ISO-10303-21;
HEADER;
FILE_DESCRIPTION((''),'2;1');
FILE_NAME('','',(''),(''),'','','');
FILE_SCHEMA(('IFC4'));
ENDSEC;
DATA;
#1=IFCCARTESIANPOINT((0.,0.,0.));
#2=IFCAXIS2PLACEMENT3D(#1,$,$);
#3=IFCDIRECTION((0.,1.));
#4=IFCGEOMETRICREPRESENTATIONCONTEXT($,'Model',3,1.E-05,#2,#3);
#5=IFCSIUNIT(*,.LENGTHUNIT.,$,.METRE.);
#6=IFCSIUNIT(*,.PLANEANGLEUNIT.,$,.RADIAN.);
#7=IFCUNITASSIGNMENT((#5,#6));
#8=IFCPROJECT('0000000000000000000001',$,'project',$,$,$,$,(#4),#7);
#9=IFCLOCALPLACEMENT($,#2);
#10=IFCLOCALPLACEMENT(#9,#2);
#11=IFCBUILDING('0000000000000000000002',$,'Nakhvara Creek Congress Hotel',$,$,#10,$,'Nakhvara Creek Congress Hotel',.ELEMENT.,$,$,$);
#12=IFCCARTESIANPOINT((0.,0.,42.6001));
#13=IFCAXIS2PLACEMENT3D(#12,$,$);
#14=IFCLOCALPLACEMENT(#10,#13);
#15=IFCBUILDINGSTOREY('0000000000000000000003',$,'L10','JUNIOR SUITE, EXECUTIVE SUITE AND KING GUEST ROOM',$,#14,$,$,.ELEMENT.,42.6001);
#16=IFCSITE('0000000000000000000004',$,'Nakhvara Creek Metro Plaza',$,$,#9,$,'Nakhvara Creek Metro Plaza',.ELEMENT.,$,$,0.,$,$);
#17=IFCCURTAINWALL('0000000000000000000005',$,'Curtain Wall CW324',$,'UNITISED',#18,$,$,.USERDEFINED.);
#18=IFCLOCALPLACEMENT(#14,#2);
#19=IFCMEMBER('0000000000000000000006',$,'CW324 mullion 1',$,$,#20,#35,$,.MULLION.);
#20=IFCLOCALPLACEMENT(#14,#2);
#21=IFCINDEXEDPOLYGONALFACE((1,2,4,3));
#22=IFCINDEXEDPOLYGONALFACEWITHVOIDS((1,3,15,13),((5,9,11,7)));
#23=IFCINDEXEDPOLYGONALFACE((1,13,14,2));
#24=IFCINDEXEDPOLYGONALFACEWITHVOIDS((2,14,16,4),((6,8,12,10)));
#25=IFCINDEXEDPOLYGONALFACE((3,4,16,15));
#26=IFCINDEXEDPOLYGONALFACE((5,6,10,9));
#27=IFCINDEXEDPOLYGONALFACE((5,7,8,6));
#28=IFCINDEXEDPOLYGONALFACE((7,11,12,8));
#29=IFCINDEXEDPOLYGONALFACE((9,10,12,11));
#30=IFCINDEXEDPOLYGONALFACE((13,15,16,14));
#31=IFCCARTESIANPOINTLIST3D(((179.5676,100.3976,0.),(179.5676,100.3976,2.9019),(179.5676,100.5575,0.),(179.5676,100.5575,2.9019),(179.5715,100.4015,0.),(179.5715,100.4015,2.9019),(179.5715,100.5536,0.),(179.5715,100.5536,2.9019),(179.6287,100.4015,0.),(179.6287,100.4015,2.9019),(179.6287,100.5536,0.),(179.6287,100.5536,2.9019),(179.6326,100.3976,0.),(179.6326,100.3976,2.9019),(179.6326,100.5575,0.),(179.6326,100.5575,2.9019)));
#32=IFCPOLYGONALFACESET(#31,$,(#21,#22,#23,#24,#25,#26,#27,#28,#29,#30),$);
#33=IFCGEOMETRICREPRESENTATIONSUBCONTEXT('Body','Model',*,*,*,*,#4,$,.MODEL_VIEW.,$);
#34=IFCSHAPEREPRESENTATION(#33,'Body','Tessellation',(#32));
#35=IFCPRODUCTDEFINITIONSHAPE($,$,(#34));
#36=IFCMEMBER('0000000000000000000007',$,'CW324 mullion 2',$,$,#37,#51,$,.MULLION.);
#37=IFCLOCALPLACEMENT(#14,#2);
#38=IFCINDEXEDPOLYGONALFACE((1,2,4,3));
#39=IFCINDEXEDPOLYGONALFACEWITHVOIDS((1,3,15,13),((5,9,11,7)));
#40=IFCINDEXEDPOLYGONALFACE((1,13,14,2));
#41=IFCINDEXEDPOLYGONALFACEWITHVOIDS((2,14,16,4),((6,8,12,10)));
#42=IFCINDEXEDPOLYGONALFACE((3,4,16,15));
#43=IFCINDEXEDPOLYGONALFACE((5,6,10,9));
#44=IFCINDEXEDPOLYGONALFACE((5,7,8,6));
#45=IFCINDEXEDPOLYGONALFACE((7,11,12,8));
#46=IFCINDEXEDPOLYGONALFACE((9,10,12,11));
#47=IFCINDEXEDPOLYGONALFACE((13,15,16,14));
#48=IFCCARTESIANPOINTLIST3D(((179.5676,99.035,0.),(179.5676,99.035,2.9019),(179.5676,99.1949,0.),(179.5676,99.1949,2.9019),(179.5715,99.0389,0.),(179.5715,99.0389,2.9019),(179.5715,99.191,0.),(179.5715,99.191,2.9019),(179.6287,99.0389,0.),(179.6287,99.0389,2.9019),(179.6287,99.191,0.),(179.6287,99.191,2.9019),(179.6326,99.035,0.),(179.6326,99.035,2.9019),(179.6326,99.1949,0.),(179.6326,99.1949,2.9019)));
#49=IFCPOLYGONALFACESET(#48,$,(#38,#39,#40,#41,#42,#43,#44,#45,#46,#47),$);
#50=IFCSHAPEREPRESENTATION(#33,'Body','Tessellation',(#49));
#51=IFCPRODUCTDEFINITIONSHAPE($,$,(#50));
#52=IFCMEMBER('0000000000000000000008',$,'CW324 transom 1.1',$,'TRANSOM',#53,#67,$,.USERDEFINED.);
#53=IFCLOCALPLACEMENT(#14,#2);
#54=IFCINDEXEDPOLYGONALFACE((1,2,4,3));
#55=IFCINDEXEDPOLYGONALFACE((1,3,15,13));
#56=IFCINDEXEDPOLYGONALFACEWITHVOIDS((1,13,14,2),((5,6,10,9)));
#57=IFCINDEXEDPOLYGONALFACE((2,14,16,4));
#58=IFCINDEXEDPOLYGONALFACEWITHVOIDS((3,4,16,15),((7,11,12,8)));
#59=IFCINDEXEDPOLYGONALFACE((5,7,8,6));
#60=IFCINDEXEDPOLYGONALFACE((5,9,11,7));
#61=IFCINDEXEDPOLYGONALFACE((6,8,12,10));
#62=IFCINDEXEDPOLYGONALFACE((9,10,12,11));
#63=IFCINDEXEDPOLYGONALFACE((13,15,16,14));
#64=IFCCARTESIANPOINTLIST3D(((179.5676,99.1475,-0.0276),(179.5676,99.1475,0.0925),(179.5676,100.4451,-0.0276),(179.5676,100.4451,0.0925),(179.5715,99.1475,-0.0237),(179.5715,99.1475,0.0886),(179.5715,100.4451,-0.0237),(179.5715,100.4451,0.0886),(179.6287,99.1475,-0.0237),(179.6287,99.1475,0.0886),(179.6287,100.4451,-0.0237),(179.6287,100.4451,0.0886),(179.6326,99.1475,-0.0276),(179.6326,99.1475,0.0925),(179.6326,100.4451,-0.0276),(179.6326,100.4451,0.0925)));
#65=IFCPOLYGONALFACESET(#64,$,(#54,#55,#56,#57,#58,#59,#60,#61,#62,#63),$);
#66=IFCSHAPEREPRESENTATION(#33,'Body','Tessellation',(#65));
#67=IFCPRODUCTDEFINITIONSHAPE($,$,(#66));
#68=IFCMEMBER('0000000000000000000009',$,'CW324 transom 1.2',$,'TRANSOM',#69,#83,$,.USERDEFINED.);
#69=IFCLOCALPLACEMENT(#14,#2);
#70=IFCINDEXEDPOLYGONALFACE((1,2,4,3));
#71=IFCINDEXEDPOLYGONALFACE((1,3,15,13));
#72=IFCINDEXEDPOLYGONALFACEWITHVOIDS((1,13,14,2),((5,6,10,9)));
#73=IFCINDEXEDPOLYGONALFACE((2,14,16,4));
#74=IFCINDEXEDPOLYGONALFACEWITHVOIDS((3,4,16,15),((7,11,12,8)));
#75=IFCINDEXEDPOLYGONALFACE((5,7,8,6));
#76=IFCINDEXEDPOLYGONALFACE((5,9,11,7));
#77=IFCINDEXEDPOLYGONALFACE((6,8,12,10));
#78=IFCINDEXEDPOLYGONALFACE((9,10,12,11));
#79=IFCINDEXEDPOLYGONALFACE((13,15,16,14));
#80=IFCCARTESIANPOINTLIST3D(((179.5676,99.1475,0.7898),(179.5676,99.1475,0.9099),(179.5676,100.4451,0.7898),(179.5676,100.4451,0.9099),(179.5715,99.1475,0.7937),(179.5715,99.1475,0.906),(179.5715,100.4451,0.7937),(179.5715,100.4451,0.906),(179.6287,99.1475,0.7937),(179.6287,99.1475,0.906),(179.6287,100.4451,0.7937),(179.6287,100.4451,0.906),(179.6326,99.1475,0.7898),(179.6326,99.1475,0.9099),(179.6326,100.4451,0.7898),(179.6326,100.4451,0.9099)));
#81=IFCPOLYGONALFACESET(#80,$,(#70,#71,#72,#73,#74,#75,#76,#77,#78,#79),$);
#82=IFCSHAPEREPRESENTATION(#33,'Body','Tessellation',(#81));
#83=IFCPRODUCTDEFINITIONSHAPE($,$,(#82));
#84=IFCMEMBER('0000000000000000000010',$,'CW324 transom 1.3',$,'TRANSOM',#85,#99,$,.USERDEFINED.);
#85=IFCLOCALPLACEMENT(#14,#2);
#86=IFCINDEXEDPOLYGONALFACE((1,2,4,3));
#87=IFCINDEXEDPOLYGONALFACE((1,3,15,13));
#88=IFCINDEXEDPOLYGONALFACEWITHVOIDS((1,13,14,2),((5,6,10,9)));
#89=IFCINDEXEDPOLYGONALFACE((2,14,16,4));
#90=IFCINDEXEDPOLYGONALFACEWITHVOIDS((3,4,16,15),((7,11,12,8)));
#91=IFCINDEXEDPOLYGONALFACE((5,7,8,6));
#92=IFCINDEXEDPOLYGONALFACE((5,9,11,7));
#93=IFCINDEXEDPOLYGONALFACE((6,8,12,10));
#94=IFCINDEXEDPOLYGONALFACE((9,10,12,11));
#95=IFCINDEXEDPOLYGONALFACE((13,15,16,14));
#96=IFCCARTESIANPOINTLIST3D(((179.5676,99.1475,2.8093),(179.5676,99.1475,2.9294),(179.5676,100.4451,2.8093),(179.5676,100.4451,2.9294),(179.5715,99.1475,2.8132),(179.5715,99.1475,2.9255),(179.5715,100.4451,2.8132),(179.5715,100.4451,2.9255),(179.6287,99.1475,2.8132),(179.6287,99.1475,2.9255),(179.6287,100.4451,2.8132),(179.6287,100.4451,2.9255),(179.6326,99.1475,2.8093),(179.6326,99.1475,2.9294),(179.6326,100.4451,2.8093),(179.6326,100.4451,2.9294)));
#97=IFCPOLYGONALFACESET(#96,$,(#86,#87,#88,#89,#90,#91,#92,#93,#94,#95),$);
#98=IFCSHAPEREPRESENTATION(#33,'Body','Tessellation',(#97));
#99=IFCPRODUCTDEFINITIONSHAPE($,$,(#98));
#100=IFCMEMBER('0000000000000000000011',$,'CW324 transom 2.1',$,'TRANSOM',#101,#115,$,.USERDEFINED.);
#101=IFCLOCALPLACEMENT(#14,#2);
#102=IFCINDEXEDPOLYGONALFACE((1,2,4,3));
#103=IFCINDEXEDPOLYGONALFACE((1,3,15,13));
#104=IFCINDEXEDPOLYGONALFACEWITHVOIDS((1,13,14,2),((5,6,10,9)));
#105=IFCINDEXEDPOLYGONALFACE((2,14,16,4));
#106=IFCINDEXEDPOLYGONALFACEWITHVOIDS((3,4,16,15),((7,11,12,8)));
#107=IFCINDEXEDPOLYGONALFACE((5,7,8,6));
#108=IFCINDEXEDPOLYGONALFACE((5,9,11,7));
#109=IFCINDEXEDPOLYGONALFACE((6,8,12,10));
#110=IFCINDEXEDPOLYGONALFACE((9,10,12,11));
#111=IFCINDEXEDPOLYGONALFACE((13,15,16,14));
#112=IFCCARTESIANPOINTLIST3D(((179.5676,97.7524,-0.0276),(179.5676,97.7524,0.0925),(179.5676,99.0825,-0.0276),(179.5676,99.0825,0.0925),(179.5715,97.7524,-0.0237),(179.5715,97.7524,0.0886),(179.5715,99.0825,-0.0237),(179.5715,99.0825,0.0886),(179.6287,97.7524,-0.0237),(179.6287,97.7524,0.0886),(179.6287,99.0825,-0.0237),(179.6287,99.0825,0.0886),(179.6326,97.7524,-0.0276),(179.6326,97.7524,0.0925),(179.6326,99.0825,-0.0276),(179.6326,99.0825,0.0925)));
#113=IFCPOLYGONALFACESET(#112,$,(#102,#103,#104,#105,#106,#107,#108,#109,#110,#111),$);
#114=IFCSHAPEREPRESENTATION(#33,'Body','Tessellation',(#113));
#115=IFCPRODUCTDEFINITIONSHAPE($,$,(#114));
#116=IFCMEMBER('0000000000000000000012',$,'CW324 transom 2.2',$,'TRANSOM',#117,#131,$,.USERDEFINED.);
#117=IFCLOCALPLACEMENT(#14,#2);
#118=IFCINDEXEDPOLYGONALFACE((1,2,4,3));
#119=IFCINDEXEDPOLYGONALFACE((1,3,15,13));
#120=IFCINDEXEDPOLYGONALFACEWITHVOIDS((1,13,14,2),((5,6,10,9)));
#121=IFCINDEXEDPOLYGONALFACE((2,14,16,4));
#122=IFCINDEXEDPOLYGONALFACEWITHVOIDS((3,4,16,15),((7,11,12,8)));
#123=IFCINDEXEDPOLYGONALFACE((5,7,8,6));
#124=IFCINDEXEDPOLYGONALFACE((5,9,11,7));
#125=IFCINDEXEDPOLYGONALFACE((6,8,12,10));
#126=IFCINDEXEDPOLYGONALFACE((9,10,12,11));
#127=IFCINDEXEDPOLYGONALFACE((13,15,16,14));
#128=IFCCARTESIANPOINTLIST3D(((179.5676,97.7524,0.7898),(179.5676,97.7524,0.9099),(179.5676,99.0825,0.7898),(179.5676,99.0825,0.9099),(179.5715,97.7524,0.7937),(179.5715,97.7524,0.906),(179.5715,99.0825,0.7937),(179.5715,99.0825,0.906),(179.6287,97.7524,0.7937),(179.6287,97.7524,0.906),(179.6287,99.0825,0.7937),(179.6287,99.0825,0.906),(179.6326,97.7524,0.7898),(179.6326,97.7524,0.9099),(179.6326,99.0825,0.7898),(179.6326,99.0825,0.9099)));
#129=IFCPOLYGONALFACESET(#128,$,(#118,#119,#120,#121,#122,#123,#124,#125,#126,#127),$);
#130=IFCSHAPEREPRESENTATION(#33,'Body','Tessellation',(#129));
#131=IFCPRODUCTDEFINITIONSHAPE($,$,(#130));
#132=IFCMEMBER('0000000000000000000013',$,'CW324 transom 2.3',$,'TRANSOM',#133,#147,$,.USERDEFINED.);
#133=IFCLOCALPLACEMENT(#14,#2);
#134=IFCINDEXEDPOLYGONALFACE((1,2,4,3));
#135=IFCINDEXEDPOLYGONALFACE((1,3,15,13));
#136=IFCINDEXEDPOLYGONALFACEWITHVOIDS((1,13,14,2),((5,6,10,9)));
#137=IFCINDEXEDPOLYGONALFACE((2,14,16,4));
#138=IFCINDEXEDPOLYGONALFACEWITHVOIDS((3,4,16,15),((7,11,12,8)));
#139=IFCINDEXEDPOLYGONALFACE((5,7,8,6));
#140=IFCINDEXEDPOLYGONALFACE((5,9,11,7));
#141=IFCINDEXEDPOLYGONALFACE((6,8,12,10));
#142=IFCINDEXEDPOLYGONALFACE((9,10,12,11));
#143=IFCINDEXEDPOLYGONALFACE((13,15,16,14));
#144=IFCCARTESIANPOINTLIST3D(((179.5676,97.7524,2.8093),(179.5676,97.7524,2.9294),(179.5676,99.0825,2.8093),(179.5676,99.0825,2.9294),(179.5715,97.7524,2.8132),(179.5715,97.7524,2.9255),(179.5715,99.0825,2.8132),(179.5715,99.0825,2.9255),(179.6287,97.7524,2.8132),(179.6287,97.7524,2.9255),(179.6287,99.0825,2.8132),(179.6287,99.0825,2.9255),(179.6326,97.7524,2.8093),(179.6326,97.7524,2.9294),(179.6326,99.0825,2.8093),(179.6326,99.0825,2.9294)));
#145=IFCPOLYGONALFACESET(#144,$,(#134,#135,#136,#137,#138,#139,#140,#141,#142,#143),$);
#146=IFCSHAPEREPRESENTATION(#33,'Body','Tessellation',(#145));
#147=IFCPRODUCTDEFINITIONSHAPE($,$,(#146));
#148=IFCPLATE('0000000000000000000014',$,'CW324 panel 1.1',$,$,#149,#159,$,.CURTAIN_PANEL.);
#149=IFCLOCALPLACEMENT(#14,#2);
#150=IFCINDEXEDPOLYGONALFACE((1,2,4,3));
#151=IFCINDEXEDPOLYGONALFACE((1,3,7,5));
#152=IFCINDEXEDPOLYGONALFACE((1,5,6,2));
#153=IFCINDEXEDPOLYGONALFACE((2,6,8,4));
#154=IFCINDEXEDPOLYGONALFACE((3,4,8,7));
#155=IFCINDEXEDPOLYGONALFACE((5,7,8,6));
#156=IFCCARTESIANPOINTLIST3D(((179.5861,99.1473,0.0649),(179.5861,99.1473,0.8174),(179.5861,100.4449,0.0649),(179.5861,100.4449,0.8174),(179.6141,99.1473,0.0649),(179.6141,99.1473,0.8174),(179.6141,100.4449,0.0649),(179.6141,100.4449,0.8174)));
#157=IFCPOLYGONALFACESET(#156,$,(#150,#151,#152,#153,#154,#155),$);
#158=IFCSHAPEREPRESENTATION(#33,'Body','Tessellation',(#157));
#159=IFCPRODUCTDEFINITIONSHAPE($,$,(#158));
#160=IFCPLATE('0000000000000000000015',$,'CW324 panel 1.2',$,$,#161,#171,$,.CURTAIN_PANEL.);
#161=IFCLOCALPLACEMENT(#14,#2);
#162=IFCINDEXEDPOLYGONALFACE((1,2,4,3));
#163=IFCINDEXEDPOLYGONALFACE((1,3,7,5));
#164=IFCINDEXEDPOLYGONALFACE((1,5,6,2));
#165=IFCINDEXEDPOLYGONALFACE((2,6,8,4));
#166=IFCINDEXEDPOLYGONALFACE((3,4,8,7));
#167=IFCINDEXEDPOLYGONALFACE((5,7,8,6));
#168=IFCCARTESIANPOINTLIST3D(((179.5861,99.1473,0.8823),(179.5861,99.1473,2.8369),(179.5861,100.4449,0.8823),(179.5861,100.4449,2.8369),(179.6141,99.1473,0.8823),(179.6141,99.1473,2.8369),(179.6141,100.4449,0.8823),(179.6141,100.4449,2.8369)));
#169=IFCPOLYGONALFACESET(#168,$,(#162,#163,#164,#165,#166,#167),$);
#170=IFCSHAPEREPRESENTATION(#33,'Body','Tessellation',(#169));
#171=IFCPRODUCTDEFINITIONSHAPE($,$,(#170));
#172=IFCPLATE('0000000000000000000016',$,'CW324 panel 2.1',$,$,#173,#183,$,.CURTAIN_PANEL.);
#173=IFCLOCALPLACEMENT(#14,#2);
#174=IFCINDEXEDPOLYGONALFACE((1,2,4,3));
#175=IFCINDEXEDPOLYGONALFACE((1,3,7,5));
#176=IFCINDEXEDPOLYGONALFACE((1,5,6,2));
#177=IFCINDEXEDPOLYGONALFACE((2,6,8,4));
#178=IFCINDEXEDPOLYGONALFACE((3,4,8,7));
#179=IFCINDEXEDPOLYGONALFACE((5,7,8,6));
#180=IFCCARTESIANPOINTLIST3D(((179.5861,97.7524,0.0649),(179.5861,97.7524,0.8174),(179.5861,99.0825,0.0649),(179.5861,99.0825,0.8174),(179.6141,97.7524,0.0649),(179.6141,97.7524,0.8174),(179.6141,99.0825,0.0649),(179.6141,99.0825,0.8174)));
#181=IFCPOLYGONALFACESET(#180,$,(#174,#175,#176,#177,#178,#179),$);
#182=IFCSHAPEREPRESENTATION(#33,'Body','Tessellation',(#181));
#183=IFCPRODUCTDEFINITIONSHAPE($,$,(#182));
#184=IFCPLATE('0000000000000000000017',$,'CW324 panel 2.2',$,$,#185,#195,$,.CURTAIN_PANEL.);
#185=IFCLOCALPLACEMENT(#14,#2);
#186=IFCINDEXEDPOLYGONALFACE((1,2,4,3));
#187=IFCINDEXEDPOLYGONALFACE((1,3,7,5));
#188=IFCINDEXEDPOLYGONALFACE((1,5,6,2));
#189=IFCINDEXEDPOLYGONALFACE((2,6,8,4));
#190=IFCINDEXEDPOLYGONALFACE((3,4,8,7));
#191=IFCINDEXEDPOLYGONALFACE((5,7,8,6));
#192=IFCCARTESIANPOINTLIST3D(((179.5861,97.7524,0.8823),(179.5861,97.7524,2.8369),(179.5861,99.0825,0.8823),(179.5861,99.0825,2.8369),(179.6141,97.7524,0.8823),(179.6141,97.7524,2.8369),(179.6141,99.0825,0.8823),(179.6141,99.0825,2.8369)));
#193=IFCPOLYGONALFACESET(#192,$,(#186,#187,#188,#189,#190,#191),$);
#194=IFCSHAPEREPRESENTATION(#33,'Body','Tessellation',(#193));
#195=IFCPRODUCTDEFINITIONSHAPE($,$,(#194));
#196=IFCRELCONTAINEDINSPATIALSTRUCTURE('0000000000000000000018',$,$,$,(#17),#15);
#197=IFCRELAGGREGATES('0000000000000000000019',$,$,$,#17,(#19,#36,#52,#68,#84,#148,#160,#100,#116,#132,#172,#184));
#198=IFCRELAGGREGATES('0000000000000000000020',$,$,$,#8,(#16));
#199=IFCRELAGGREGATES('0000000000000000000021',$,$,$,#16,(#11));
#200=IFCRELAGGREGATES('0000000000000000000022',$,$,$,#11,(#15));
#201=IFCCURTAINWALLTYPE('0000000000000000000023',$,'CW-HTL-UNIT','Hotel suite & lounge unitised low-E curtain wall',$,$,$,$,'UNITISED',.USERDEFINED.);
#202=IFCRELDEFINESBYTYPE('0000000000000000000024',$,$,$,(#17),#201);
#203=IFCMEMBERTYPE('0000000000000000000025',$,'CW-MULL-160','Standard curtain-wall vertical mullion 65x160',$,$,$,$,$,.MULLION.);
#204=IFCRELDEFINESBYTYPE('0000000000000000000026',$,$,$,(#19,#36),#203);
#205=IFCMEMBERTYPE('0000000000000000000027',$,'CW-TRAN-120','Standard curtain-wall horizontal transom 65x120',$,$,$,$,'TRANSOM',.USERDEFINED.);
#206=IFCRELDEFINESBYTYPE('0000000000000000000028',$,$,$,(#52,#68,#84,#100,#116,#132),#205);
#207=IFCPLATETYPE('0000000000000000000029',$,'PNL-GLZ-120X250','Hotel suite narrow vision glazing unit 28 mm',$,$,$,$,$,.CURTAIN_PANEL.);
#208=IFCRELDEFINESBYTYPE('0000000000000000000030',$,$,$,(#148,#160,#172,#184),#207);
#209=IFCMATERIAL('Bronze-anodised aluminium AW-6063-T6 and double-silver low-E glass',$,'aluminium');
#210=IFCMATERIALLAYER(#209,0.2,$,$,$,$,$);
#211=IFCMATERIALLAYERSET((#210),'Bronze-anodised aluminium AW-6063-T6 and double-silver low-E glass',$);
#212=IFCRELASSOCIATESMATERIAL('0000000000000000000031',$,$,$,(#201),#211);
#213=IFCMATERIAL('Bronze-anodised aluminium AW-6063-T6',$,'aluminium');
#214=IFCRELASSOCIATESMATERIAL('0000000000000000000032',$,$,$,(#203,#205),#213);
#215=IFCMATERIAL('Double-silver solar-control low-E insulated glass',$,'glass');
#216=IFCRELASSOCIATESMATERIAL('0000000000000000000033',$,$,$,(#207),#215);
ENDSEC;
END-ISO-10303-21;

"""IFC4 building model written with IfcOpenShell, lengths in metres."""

from ifc_helpers import new_model, si_unit, direction, frame, origin, origin_2d, place, context, subcontext, project, spatial, rectangle, hollow_rectangle, extrude, material, layer, layer_set, material_profile, profile_set, type_object, element, aggregate, save


model = new_model("IFC4")

# Units and contexts
model_context = context("Model", 3, precision=1e-05, world=origin(), true_north=direction((0.0, 1.0)))
body_context = subcontext(model_context, "Body", "Model", "MODEL_VIEW")
ifc_project = project(units=[si_unit("LENGTHUNIT", "METRE"), si_unit("PLANEANGLEUNIT", "RADIAN")], contexts=[model_context])

# Site, building, storey
site_placement = place(None, origin())
site = spatial("IfcSite", under=ifc_project, at=site_placement, Name="Nakhvara Creek Metro Plaza", LongName="Nakhvara Creek Metro Plaza", CompositionType="ELEMENT", RefElevation=0.0)
building_placement = place(site_placement, origin())
building = spatial("IfcBuilding", under=site, at=building_placement, Name="Nakhvara Creek Congress Hotel", LongName="Nakhvara Creek Congress Hotel", CompositionType="ELEMENT")
storey_placement = place(building_placement, frame((0.0, 0.0, 42.6001)))
storey = spatial("IfcBuildingStorey", under=building, at=storey_placement, Name="L10", Description="JUNIOR SUITE, EXECUTIVE SUITE AND KING GUEST ROOM", CompositionType="ELEMENT", Elevation=42.6001)

# Curtain wall, members, plates
ifc_material_1 = material(Name="Bronze-anodised aluminium AW-6063-T6 and double-silver low-E glass", Category="aluminium")
ifc_layer_1 = layer(ifc_material_1, 0.2)
ifc_layer_set_1 = layer_set([ifc_layer_1], Name="Bronze-anodised aluminium AW-6063-T6 and double-silver low-E glass")
curtain_wall_type = type_object("IfcCurtainWallType", Name="CW-HTL-UNIT", Description="Hotel suite & lounge unitised low-E curtain wall", ElementType="UNITISED", PredefinedType="USERDEFINED", material=ifc_layer_set_1)
curtain_wall_placement = place(storey_placement, origin())
curtain_wall = element("IfcCurtainWall", 1, at=curtain_wall_placement, inside=storey, type_object=curtain_wall_type, Name="Curtain Wall CW324", ObjectType="UNITISED", PredefinedType="USERDEFINED")
ifc_material_2 = material(Name="Bronze-anodised aluminium AW-6063-T6", Category="aluminium")
ifc_material_profile_1 = material_profile(ifc_material_2, hollow_rectangle(XDim=0.0649, YDim=0.1599, WallThickness=0.0039, at=origin_2d()), Name="ALU-MULL 65x160x4", Category="LoadBearing")
ifc_profile_set_1 = profile_set([ifc_material_profile_1], Name="Bronze-anodised aluminium AW-6063-T6")
member_type_1 = type_object("IfcMemberType", Name="CW-MULL-160", Description="Standard curtain-wall vertical mullion 65x160", PredefinedType="MULLION", material=ifc_profile_set_1)
member_1_placement = place(storey_placement, frame((179.6001, 100.4775, 0.0), z_axis=(0.0, 0.0, 1.0), x_axis=(1.0, 0.0, 0.0)))
member_1 = element("IfcMember", 2, at=member_1_placement, type_object=member_type_1, Name="CW324 mullion 1", PredefinedType="MULLION", context=body_context, shape_type="SweptSolid", body=[
    extrude(hollow_rectangle(XDim=0.0649, YDim=0.1599, WallThickness=0.0039, at=origin_2d()), origin(), (0.0, 0.0, 1.0), 2.9019),
])
member_2_placement = place(storey_placement, frame((179.6001, 99.115, 0.0), z_axis=(0.0, 0.0, 1.0), x_axis=(1.0, 0.0, 0.0)))
member_2 = element("IfcMember", 3, at=member_2_placement, type_object=member_type_1, Name="CW324 mullion 2", PredefinedType="MULLION", context=body_context, shape_type="SweptSolid", body=[
    extrude(hollow_rectangle(XDim=0.0649, YDim=0.1599, WallThickness=0.0039, at=origin_2d()), origin(), (0.0, 0.0, 1.0), 2.9019),
])
ifc_material_profile_2 = material_profile(ifc_material_2, hollow_rectangle(XDim=0.0649, YDim=0.1201, WallThickness=0.0039, at=origin_2d()), Name="ALU-TRAN 65x120x4", Category="LoadBearing")
ifc_profile_set_2 = profile_set([ifc_material_profile_2], Name="Bronze-anodised aluminium AW-6063-T6")
member_type_2 = type_object("IfcMemberType", Name="CW-TRAN-120", Description="Standard curtain-wall horizontal transom 65x120", ElementType="TRANSOM", PredefinedType="USERDEFINED", material=ifc_profile_set_2)
member_3_placement = place(storey_placement, frame((179.6001, 100.4451, 0.0325), z_axis=(0.0, -1.0, 0.0), x_axis=(1.0, 0.0, 0.0)))
member_3 = element("IfcMember", 4, at=member_3_placement, type_object=member_type_2, Name="CW324 transom 1.1", ObjectType="TRANSOM", PredefinedType="USERDEFINED", context=body_context, shape_type="SweptSolid", body=[
    extrude(hollow_rectangle(XDim=0.0649, YDim=0.1201, WallThickness=0.0039, at=origin_2d()), origin(), (0.0, 0.0, 1.0), 1.2976),
])
member_4_placement = place(storey_placement, frame((179.6001, 100.4451, 0.8499), z_axis=(0.0, -1.0, 0.0), x_axis=(1.0, 0.0, 0.0)))
member_4 = element("IfcMember", 5, at=member_4_placement, type_object=member_type_2, Name="CW324 transom 1.2", ObjectType="TRANSOM", PredefinedType="USERDEFINED", context=body_context, shape_type="SweptSolid", body=[
    extrude(hollow_rectangle(XDim=0.0649, YDim=0.1201, WallThickness=0.0039, at=origin_2d()), origin(), (0.0, 0.0, 1.0), 1.2976),
])
member_5_placement = place(storey_placement, frame((179.6001, 100.4451, 2.8694), z_axis=(0.0, -1.0, 0.0), x_axis=(1.0, 0.0, 0.0)))
member_5 = element("IfcMember", 6, at=member_5_placement, type_object=member_type_2, Name="CW324 transom 1.3", ObjectType="TRANSOM", PredefinedType="USERDEFINED", context=body_context, shape_type="SweptSolid", body=[
    extrude(hollow_rectangle(XDim=0.0649, YDim=0.1201, WallThickness=0.0039, at=origin_2d()), origin(), (0.0, 0.0, 1.0), 1.2976),
])
member_6_placement = place(storey_placement, frame((179.6001, 99.0825, 0.0325), z_axis=(0.0, -1.0, 0.0), x_axis=(1.0, 0.0, 0.0)))
member_6 = element("IfcMember", 7, at=member_6_placement, type_object=member_type_2, Name="CW324 transom 2.1", ObjectType="TRANSOM", PredefinedType="USERDEFINED", context=body_context, shape_type="SweptSolid", body=[
    extrude(hollow_rectangle(XDim=0.0649, YDim=0.1201, WallThickness=0.0039, at=origin_2d()), origin(), (0.0, 0.0, 1.0), 1.3301),
])
member_7_placement = place(storey_placement, frame((179.6001, 99.0825, 0.8499), z_axis=(0.0, -1.0, 0.0), x_axis=(1.0, 0.0, 0.0)))
member_7 = element("IfcMember", 8, at=member_7_placement, type_object=member_type_2, Name="CW324 transom 2.2", ObjectType="TRANSOM", PredefinedType="USERDEFINED", context=body_context, shape_type="SweptSolid", body=[
    extrude(hollow_rectangle(XDim=0.0649, YDim=0.1201, WallThickness=0.0039, at=origin_2d()), origin(), (0.0, 0.0, 1.0), 1.3301),
])
member_8_placement = place(storey_placement, frame((179.6001, 99.0825, 2.8694), z_axis=(0.0, -1.0, 0.0), x_axis=(1.0, 0.0, 0.0)))
member_8 = element("IfcMember", 9, at=member_8_placement, type_object=member_type_2, Name="CW324 transom 2.3", ObjectType="TRANSOM", PredefinedType="USERDEFINED", context=body_context, shape_type="SweptSolid", body=[
    extrude(hollow_rectangle(XDim=0.0649, YDim=0.1201, WallThickness=0.0039, at=origin_2d()), origin(), (0.0, 0.0, 1.0), 1.3301),
])
ifc_material_3 = material(Name="Double-silver solar-control low-E insulated glass", Category="glass")
plate_type = type_object("IfcPlateType", Name="PNL-GLZ-120X250", Description="Hotel suite narrow vision glazing unit 28 mm", PredefinedType="CURTAIN_PANEL", material=ifc_material_3)
plate_1_placement = place(storey_placement, frame((179.6001, 99.7961, 0.0649), z_axis=(0.0, 0.0, 1.0), x_axis=(0.0, -1.0, 0.0)))
plate_1 = element("IfcPlate", 10, at=plate_1_placement, type_object=plate_type, Name="CW324 panel 1.1", PredefinedType="CURTAIN_PANEL", context=body_context, shape_type="SweptSolid", body=[
    extrude(rectangle(XDim=1.2976, YDim=0.0281, at=origin_2d()), origin(), (0.0, 0.0, 1.0), 0.7524),
])
plate_2_placement = place(storey_placement, frame((179.6001, 99.7961, 0.8823), z_axis=(0.0, 0.0, 1.0), x_axis=(0.0, -1.0, 0.0)))
plate_2 = element("IfcPlate", 11, at=plate_2_placement, type_object=plate_type, Name="CW324 panel 1.2", PredefinedType="CURTAIN_PANEL", context=body_context, shape_type="SweptSolid", body=[
    extrude(rectangle(XDim=1.2976, YDim=0.0281, at=origin_2d()), origin(), (0.0, 0.0, 1.0), 1.9546),
])
plate_3_placement = place(storey_placement, frame((179.6001, 98.4175, 0.0649), z_axis=(0.0, 0.0, 1.0), x_axis=(0.0, -1.0, 0.0)))
plate_3 = element("IfcPlate", 12, at=plate_3_placement, type_object=plate_type, Name="CW324 panel 2.1", PredefinedType="CURTAIN_PANEL", context=body_context, shape_type="SweptSolid", body=[
    extrude(rectangle(XDim=1.3301, YDim=0.0281, at=origin_2d()), origin(), (0.0, 0.0, 1.0), 0.7524),
])
plate_4_placement = place(storey_placement, frame((179.6001, 98.4175, 0.8823), z_axis=(0.0, 0.0, 1.0), x_axis=(0.0, -1.0, 0.0)))
plate_4 = element("IfcPlate", 13, at=plate_4_placement, type_object=plate_type, Name="CW324 panel 2.2", PredefinedType="CURTAIN_PANEL", context=body_context, shape_type="SweptSolid", body=[
    extrude(rectangle(XDim=1.3301, YDim=0.0281, at=origin_2d()), origin(), (0.0, 0.0, 1.0), 1.9546),
])
aggregate(curtain_wall, [member_1, member_2, member_3, member_4, member_5, plate_1, plate_2, member_6, member_7, member_8, plate_3, plate_4])

save(model, "model.ifc")
